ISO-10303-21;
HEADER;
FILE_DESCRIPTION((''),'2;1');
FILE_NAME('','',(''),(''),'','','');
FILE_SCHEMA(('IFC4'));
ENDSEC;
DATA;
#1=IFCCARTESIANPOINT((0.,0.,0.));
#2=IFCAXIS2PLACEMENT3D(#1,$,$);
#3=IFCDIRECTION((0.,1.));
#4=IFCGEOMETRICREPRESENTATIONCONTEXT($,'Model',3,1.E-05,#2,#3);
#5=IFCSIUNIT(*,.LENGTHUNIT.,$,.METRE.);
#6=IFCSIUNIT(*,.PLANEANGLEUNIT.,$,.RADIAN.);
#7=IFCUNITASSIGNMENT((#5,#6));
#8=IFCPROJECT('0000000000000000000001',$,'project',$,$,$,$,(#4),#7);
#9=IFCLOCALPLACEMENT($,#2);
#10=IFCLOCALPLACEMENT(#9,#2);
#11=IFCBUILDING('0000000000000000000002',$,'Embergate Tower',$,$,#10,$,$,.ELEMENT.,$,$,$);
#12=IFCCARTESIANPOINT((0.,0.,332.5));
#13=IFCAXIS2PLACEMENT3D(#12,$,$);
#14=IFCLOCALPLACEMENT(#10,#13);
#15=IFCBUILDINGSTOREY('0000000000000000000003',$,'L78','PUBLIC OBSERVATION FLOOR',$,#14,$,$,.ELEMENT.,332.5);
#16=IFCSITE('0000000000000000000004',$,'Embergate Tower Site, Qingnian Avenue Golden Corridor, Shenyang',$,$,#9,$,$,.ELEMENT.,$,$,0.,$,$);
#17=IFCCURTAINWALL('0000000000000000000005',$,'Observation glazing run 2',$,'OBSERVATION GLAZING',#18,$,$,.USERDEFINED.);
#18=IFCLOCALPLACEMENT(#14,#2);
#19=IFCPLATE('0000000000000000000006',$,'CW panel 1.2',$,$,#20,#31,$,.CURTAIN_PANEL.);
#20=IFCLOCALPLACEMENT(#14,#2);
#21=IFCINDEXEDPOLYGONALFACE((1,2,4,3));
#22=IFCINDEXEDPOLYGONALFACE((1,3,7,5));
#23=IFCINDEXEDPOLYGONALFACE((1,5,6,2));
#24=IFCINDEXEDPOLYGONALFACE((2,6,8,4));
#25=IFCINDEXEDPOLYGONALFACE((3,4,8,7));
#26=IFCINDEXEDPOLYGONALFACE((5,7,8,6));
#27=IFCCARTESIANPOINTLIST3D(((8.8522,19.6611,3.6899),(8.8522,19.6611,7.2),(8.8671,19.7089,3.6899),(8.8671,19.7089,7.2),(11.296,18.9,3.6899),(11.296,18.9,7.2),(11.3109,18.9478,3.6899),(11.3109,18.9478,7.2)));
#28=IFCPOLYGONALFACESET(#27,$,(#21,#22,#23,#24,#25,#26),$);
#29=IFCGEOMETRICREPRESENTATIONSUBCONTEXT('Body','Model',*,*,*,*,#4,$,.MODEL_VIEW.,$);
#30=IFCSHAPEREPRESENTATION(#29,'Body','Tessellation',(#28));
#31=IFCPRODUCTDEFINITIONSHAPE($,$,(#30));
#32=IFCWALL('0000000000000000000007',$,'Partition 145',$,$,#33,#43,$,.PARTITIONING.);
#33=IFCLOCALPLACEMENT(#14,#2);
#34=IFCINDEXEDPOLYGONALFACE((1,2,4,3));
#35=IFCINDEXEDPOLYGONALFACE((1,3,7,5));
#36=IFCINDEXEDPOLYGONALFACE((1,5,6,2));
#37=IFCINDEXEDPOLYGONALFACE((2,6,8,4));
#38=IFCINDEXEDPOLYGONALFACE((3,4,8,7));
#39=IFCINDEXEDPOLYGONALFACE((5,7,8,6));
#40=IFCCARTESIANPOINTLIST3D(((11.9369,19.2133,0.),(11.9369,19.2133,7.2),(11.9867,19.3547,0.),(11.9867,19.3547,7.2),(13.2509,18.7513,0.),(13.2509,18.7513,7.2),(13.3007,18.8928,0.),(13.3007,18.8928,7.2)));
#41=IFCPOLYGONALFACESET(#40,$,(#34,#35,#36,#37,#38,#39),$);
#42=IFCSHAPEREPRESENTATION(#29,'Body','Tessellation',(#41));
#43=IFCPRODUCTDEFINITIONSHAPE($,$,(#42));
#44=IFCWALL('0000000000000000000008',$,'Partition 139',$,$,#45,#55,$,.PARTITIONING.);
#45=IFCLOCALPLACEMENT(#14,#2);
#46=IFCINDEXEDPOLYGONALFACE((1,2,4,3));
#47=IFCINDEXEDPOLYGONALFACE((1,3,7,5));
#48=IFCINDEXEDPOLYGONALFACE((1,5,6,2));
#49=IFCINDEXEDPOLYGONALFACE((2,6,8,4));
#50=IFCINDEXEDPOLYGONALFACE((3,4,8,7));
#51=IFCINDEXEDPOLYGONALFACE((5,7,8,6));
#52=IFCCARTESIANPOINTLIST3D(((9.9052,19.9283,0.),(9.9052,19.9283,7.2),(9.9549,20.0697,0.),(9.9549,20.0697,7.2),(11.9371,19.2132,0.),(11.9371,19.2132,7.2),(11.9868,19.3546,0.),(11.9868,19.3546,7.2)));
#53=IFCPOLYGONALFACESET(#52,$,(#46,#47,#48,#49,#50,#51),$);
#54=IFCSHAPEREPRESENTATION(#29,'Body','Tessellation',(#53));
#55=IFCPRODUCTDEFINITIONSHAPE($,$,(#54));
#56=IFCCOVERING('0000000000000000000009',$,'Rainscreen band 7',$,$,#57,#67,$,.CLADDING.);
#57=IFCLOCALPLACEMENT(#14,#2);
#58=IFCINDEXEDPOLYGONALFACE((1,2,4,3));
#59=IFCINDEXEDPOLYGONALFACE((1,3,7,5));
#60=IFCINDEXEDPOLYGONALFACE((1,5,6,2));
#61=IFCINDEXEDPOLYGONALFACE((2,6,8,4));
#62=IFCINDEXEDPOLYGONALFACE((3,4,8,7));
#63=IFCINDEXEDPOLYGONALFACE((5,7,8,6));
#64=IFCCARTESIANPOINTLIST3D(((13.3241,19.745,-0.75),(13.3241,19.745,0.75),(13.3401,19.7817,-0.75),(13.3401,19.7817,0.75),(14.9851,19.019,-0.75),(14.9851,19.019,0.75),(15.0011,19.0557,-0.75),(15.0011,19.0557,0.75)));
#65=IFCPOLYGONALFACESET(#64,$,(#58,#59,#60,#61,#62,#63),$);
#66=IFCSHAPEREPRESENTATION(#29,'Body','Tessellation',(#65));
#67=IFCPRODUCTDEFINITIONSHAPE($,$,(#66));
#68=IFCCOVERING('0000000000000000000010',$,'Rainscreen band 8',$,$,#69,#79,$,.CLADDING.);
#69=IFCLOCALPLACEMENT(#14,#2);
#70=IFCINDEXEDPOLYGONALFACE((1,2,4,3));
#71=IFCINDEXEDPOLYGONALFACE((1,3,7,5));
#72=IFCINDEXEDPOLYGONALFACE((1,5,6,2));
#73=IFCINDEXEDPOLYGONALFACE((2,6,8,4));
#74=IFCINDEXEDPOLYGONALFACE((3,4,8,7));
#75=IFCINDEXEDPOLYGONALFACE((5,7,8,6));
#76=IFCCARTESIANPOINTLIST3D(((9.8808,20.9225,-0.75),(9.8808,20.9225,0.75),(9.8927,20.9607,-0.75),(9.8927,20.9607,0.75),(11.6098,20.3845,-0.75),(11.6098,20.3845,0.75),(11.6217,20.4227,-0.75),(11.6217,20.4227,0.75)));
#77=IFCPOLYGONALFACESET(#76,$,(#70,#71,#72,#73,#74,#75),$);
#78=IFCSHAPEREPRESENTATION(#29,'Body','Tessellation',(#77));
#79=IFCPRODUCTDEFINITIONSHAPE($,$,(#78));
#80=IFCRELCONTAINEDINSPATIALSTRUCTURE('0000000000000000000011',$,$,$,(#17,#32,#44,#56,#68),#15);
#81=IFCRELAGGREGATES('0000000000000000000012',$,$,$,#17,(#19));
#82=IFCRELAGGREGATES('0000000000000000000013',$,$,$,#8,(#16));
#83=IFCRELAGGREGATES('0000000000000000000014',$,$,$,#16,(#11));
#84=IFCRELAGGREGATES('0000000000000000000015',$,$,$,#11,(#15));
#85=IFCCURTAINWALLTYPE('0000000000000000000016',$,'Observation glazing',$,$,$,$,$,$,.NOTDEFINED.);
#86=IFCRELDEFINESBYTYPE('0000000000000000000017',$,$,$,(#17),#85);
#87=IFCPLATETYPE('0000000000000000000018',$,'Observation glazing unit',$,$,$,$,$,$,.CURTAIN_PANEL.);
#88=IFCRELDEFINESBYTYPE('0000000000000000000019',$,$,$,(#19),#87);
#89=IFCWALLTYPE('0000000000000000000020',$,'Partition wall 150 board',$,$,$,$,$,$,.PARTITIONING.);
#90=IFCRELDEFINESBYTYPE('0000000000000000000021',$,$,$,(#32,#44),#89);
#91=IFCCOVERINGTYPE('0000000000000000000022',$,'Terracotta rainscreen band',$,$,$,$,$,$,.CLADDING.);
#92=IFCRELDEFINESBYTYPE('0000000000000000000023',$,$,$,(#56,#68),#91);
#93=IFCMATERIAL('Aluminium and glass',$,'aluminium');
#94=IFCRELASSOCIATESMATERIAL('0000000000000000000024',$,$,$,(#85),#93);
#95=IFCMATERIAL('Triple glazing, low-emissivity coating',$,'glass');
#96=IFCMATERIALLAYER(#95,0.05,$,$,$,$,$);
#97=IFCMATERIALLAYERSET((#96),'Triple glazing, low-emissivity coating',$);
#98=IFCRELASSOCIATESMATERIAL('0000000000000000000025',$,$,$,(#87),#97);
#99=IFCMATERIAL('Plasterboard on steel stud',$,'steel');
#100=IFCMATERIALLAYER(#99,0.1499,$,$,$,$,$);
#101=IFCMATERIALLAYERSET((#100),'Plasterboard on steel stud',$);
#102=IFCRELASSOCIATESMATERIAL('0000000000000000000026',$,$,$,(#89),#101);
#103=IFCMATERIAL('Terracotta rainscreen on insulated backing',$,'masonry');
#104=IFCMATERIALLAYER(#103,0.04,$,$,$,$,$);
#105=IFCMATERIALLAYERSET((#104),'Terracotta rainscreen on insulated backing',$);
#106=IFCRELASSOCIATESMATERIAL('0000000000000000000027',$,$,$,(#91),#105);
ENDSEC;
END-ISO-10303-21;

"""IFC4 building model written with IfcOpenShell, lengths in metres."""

from ifc_helpers import new_model, si_unit, direction, frame, frame_2d, origin, origin_2d, place, context, subcontext, project, spatial, rectangle, extrude, source, transform, mapped, material, layer, layer_set, type_object, element, aggregate, save


model = new_model("IFC4")

# Units and contexts
model_context = context("Model", 3, precision=1e-05, world=origin(), true_north=direction((0.0, 1.0)))
body_context = subcontext(model_context, "Body", "Model", "MODEL_VIEW")
ifc_project = project(units=[si_unit("LENGTHUNIT", "METRE"), si_unit("PLANEANGLEUNIT", "RADIAN")], contexts=[model_context])

# Site, building, storey
site_placement = place(None, origin())
site = spatial("IfcSite", under=ifc_project, at=site_placement, Name="Embergate Tower Site, Qingnian Avenue Golden Corridor, Shenyang", CompositionType="ELEMENT", RefElevation=0.0)
building_placement = place(site_placement, origin())
building = spatial("IfcBuilding", under=site, at=building_placement, Name="Embergate Tower", CompositionType="ELEMENT")
storey_placement = place(building_placement, frame((0.0, 0.0, 332.5)))
storey = spatial("IfcBuildingStorey", under=building, at=storey_placement, Name="L78", Description="PUBLIC OBSERVATION FLOOR", CompositionType="ELEMENT", Elevation=332.5)

# Shared definitions
ifc_material_1 = material(Name="Aluminium and glass", Category="aluminium")
curtain_wall_type = type_object("IfcCurtainWallType", Name="Observation glazing", PredefinedType="NOTDEFINED", material=ifc_material_1)

# Curtain wall
curtain_wall_1_placement = place(storey_placement, origin())
curtain_wall_1 = element("IfcCurtainWall", 1, at=curtain_wall_1_placement, inside=storey, type_object=curtain_wall_type, Name="Observation glazing run 2", ObjectType="OBSERVATION GLAZING", PredefinedType="USERDEFINED")

# Plate
ifc_material_2 = material(Name="Triple glazing, low-emissivity coating", Category="glass")
ifc_layer_1 = layer(ifc_material_2, 0.05)
ifc_layer_set_1 = layer_set([ifc_layer_1], Name="Triple glazing, low-emissivity coating")
plate_type = type_object("IfcPlateType", Name="Observation glazing unit", PredefinedType="CURTAIN_PANEL", material=ifc_layer_set_1)
shared_shape_1 = source(origin(), body_context, "Body", "SweptSolid", [
    extrude(rectangle(XDim=2.5596, YDim=0.05, at=origin_2d()), origin(), (0.0, 0.0, 1.0), 3.51),
])
plate_1_placement = place(storey_placement, frame((10.0815, 19.3044, 3.6899), z_axis=(0.0, 0.0, 1.0), x_axis=(-0.954773, 0.297335, 0.0)))
plate_1 = element("IfcPlate", 2, at=plate_1_placement, type_object=plate_type, Name="CW panel 1.2", PredefinedType="CURTAIN_PANEL", context=body_context, shape_type="MappedRepresentation", body=[
    mapped(shared_shape_1, transform((0.0, 0.0, 0.0))),
])
aggregate(curtain_wall_1, [plate_1])

# Walls
ifc_material_3 = material(Name="Plasterboard on steel stud", Category="steel")
ifc_layer_2 = layer(ifc_material_3, 0.1499)
ifc_layer_set_2 = layer_set([ifc_layer_2], Name="Plasterboard on steel stud")
wall_type = type_object("IfcWallType", Name="Partition wall 150 board", PredefinedType="PARTITIONING", material=ifc_layer_set_2)
shared_shape_2 = source(origin(), body_context, "Body", "SweptSolid", [
    extrude(rectangle(XDim=1.3928, YDim=0.1499, at=frame_2d((0.6963, 0.0))), origin(), (0.0, 0.0, 1.0), 7.2),
])
wall_1_placement = place(storey_placement, frame((11.9619, 19.2839, 0.0), z_axis=(0.0, 0.0, 1.0), x_axis=(0.943404, -0.331646, 0.0)))
element("IfcWall", 3, at=wall_1_placement, inside=storey, type_object=wall_type, Name="Partition 145", PredefinedType="PARTITIONING", context=body_context, shape_type="MappedRepresentation", body=[
    mapped(shared_shape_2, transform((0.0, 0.0, 0.0))),
])
shared_shape_3 = source(origin(), body_context, "Body", "SweptSolid", [
    extrude(rectangle(XDim=2.1541, YDim=0.1499, at=frame_2d((1.0771, 0.0))), origin(), (0.0, 0.0, 1.0), 7.2),
])
wall_2_placement = place(storey_placement, frame((9.9299, 19.999, 0.0), z_axis=(0.0, 0.0, 1.0), x_axis=(0.943293, -0.33196, 0.0)))
element("IfcWall", 4, at=wall_2_placement, inside=storey, type_object=wall_type, Name="Partition 139", PredefinedType="PARTITIONING", context=body_context, shape_type="MappedRepresentation", body=[
    mapped(shared_shape_3, transform((0.0, 0.0, 0.0))),
])

# Coverings
ifc_material_4 = material(Name="Terracotta rainscreen on insulated backing", Category="masonry")
ifc_layer_3 = layer(ifc_material_4, 0.04)
ifc_layer_set_3 = layer_set([ifc_layer_3], Name="Terracotta rainscreen on insulated backing")
covering_type = type_object("IfcCoveringType", Name="Terracotta rainscreen band", PredefinedType="CLADDING", material=ifc_layer_set_3)
shared_shape_4 = source(origin(), body_context, "Body", "SweptSolid", [
    extrude(rectangle(XDim=1.8127, YDim=0.04, at=origin_2d()), origin(), (0.0, 0.0, 1.0), 1.5),
])
covering_1_placement = place(storey_placement, frame((14.1626, 19.4004, -0.75), z_axis=(0.0, 0.0, 1.0), x_axis=(-0.916296, 0.400501, 0.0)))
element("IfcCovering", 5, at=covering_1_placement, inside=storey, type_object=covering_type, Name="Rainscreen band 7", PredefinedType="CLADDING", context=body_context, shape_type="MappedRepresentation", body=[
    mapped(shared_shape_4, transform((0.0, 0.0, 0.0))),
])
shared_shape_5 = source(origin(), body_context, "Body", "SweptSolid", [
    extrude(rectangle(XDim=1.8108, YDim=0.04, at=origin_2d()), origin(), (0.0, 0.0, 1.0), 1.5),
])
covering_2_placement = place(storey_placement, frame((10.7512, 20.6726, -0.75), z_axis=(0.0, 0.0, 1.0), x_axis=(-0.954843, 0.297112, 0.0)))
element("IfcCovering", 6, at=covering_2_placement, inside=storey, type_object=covering_type, Name="Rainscreen band 8", PredefinedType="CLADDING", context=body_context, shape_type="MappedRepresentation", body=[
    mapped(shared_shape_5, transform((0.0, 0.0, 0.0))),
])

save(model, "model.ifc")
